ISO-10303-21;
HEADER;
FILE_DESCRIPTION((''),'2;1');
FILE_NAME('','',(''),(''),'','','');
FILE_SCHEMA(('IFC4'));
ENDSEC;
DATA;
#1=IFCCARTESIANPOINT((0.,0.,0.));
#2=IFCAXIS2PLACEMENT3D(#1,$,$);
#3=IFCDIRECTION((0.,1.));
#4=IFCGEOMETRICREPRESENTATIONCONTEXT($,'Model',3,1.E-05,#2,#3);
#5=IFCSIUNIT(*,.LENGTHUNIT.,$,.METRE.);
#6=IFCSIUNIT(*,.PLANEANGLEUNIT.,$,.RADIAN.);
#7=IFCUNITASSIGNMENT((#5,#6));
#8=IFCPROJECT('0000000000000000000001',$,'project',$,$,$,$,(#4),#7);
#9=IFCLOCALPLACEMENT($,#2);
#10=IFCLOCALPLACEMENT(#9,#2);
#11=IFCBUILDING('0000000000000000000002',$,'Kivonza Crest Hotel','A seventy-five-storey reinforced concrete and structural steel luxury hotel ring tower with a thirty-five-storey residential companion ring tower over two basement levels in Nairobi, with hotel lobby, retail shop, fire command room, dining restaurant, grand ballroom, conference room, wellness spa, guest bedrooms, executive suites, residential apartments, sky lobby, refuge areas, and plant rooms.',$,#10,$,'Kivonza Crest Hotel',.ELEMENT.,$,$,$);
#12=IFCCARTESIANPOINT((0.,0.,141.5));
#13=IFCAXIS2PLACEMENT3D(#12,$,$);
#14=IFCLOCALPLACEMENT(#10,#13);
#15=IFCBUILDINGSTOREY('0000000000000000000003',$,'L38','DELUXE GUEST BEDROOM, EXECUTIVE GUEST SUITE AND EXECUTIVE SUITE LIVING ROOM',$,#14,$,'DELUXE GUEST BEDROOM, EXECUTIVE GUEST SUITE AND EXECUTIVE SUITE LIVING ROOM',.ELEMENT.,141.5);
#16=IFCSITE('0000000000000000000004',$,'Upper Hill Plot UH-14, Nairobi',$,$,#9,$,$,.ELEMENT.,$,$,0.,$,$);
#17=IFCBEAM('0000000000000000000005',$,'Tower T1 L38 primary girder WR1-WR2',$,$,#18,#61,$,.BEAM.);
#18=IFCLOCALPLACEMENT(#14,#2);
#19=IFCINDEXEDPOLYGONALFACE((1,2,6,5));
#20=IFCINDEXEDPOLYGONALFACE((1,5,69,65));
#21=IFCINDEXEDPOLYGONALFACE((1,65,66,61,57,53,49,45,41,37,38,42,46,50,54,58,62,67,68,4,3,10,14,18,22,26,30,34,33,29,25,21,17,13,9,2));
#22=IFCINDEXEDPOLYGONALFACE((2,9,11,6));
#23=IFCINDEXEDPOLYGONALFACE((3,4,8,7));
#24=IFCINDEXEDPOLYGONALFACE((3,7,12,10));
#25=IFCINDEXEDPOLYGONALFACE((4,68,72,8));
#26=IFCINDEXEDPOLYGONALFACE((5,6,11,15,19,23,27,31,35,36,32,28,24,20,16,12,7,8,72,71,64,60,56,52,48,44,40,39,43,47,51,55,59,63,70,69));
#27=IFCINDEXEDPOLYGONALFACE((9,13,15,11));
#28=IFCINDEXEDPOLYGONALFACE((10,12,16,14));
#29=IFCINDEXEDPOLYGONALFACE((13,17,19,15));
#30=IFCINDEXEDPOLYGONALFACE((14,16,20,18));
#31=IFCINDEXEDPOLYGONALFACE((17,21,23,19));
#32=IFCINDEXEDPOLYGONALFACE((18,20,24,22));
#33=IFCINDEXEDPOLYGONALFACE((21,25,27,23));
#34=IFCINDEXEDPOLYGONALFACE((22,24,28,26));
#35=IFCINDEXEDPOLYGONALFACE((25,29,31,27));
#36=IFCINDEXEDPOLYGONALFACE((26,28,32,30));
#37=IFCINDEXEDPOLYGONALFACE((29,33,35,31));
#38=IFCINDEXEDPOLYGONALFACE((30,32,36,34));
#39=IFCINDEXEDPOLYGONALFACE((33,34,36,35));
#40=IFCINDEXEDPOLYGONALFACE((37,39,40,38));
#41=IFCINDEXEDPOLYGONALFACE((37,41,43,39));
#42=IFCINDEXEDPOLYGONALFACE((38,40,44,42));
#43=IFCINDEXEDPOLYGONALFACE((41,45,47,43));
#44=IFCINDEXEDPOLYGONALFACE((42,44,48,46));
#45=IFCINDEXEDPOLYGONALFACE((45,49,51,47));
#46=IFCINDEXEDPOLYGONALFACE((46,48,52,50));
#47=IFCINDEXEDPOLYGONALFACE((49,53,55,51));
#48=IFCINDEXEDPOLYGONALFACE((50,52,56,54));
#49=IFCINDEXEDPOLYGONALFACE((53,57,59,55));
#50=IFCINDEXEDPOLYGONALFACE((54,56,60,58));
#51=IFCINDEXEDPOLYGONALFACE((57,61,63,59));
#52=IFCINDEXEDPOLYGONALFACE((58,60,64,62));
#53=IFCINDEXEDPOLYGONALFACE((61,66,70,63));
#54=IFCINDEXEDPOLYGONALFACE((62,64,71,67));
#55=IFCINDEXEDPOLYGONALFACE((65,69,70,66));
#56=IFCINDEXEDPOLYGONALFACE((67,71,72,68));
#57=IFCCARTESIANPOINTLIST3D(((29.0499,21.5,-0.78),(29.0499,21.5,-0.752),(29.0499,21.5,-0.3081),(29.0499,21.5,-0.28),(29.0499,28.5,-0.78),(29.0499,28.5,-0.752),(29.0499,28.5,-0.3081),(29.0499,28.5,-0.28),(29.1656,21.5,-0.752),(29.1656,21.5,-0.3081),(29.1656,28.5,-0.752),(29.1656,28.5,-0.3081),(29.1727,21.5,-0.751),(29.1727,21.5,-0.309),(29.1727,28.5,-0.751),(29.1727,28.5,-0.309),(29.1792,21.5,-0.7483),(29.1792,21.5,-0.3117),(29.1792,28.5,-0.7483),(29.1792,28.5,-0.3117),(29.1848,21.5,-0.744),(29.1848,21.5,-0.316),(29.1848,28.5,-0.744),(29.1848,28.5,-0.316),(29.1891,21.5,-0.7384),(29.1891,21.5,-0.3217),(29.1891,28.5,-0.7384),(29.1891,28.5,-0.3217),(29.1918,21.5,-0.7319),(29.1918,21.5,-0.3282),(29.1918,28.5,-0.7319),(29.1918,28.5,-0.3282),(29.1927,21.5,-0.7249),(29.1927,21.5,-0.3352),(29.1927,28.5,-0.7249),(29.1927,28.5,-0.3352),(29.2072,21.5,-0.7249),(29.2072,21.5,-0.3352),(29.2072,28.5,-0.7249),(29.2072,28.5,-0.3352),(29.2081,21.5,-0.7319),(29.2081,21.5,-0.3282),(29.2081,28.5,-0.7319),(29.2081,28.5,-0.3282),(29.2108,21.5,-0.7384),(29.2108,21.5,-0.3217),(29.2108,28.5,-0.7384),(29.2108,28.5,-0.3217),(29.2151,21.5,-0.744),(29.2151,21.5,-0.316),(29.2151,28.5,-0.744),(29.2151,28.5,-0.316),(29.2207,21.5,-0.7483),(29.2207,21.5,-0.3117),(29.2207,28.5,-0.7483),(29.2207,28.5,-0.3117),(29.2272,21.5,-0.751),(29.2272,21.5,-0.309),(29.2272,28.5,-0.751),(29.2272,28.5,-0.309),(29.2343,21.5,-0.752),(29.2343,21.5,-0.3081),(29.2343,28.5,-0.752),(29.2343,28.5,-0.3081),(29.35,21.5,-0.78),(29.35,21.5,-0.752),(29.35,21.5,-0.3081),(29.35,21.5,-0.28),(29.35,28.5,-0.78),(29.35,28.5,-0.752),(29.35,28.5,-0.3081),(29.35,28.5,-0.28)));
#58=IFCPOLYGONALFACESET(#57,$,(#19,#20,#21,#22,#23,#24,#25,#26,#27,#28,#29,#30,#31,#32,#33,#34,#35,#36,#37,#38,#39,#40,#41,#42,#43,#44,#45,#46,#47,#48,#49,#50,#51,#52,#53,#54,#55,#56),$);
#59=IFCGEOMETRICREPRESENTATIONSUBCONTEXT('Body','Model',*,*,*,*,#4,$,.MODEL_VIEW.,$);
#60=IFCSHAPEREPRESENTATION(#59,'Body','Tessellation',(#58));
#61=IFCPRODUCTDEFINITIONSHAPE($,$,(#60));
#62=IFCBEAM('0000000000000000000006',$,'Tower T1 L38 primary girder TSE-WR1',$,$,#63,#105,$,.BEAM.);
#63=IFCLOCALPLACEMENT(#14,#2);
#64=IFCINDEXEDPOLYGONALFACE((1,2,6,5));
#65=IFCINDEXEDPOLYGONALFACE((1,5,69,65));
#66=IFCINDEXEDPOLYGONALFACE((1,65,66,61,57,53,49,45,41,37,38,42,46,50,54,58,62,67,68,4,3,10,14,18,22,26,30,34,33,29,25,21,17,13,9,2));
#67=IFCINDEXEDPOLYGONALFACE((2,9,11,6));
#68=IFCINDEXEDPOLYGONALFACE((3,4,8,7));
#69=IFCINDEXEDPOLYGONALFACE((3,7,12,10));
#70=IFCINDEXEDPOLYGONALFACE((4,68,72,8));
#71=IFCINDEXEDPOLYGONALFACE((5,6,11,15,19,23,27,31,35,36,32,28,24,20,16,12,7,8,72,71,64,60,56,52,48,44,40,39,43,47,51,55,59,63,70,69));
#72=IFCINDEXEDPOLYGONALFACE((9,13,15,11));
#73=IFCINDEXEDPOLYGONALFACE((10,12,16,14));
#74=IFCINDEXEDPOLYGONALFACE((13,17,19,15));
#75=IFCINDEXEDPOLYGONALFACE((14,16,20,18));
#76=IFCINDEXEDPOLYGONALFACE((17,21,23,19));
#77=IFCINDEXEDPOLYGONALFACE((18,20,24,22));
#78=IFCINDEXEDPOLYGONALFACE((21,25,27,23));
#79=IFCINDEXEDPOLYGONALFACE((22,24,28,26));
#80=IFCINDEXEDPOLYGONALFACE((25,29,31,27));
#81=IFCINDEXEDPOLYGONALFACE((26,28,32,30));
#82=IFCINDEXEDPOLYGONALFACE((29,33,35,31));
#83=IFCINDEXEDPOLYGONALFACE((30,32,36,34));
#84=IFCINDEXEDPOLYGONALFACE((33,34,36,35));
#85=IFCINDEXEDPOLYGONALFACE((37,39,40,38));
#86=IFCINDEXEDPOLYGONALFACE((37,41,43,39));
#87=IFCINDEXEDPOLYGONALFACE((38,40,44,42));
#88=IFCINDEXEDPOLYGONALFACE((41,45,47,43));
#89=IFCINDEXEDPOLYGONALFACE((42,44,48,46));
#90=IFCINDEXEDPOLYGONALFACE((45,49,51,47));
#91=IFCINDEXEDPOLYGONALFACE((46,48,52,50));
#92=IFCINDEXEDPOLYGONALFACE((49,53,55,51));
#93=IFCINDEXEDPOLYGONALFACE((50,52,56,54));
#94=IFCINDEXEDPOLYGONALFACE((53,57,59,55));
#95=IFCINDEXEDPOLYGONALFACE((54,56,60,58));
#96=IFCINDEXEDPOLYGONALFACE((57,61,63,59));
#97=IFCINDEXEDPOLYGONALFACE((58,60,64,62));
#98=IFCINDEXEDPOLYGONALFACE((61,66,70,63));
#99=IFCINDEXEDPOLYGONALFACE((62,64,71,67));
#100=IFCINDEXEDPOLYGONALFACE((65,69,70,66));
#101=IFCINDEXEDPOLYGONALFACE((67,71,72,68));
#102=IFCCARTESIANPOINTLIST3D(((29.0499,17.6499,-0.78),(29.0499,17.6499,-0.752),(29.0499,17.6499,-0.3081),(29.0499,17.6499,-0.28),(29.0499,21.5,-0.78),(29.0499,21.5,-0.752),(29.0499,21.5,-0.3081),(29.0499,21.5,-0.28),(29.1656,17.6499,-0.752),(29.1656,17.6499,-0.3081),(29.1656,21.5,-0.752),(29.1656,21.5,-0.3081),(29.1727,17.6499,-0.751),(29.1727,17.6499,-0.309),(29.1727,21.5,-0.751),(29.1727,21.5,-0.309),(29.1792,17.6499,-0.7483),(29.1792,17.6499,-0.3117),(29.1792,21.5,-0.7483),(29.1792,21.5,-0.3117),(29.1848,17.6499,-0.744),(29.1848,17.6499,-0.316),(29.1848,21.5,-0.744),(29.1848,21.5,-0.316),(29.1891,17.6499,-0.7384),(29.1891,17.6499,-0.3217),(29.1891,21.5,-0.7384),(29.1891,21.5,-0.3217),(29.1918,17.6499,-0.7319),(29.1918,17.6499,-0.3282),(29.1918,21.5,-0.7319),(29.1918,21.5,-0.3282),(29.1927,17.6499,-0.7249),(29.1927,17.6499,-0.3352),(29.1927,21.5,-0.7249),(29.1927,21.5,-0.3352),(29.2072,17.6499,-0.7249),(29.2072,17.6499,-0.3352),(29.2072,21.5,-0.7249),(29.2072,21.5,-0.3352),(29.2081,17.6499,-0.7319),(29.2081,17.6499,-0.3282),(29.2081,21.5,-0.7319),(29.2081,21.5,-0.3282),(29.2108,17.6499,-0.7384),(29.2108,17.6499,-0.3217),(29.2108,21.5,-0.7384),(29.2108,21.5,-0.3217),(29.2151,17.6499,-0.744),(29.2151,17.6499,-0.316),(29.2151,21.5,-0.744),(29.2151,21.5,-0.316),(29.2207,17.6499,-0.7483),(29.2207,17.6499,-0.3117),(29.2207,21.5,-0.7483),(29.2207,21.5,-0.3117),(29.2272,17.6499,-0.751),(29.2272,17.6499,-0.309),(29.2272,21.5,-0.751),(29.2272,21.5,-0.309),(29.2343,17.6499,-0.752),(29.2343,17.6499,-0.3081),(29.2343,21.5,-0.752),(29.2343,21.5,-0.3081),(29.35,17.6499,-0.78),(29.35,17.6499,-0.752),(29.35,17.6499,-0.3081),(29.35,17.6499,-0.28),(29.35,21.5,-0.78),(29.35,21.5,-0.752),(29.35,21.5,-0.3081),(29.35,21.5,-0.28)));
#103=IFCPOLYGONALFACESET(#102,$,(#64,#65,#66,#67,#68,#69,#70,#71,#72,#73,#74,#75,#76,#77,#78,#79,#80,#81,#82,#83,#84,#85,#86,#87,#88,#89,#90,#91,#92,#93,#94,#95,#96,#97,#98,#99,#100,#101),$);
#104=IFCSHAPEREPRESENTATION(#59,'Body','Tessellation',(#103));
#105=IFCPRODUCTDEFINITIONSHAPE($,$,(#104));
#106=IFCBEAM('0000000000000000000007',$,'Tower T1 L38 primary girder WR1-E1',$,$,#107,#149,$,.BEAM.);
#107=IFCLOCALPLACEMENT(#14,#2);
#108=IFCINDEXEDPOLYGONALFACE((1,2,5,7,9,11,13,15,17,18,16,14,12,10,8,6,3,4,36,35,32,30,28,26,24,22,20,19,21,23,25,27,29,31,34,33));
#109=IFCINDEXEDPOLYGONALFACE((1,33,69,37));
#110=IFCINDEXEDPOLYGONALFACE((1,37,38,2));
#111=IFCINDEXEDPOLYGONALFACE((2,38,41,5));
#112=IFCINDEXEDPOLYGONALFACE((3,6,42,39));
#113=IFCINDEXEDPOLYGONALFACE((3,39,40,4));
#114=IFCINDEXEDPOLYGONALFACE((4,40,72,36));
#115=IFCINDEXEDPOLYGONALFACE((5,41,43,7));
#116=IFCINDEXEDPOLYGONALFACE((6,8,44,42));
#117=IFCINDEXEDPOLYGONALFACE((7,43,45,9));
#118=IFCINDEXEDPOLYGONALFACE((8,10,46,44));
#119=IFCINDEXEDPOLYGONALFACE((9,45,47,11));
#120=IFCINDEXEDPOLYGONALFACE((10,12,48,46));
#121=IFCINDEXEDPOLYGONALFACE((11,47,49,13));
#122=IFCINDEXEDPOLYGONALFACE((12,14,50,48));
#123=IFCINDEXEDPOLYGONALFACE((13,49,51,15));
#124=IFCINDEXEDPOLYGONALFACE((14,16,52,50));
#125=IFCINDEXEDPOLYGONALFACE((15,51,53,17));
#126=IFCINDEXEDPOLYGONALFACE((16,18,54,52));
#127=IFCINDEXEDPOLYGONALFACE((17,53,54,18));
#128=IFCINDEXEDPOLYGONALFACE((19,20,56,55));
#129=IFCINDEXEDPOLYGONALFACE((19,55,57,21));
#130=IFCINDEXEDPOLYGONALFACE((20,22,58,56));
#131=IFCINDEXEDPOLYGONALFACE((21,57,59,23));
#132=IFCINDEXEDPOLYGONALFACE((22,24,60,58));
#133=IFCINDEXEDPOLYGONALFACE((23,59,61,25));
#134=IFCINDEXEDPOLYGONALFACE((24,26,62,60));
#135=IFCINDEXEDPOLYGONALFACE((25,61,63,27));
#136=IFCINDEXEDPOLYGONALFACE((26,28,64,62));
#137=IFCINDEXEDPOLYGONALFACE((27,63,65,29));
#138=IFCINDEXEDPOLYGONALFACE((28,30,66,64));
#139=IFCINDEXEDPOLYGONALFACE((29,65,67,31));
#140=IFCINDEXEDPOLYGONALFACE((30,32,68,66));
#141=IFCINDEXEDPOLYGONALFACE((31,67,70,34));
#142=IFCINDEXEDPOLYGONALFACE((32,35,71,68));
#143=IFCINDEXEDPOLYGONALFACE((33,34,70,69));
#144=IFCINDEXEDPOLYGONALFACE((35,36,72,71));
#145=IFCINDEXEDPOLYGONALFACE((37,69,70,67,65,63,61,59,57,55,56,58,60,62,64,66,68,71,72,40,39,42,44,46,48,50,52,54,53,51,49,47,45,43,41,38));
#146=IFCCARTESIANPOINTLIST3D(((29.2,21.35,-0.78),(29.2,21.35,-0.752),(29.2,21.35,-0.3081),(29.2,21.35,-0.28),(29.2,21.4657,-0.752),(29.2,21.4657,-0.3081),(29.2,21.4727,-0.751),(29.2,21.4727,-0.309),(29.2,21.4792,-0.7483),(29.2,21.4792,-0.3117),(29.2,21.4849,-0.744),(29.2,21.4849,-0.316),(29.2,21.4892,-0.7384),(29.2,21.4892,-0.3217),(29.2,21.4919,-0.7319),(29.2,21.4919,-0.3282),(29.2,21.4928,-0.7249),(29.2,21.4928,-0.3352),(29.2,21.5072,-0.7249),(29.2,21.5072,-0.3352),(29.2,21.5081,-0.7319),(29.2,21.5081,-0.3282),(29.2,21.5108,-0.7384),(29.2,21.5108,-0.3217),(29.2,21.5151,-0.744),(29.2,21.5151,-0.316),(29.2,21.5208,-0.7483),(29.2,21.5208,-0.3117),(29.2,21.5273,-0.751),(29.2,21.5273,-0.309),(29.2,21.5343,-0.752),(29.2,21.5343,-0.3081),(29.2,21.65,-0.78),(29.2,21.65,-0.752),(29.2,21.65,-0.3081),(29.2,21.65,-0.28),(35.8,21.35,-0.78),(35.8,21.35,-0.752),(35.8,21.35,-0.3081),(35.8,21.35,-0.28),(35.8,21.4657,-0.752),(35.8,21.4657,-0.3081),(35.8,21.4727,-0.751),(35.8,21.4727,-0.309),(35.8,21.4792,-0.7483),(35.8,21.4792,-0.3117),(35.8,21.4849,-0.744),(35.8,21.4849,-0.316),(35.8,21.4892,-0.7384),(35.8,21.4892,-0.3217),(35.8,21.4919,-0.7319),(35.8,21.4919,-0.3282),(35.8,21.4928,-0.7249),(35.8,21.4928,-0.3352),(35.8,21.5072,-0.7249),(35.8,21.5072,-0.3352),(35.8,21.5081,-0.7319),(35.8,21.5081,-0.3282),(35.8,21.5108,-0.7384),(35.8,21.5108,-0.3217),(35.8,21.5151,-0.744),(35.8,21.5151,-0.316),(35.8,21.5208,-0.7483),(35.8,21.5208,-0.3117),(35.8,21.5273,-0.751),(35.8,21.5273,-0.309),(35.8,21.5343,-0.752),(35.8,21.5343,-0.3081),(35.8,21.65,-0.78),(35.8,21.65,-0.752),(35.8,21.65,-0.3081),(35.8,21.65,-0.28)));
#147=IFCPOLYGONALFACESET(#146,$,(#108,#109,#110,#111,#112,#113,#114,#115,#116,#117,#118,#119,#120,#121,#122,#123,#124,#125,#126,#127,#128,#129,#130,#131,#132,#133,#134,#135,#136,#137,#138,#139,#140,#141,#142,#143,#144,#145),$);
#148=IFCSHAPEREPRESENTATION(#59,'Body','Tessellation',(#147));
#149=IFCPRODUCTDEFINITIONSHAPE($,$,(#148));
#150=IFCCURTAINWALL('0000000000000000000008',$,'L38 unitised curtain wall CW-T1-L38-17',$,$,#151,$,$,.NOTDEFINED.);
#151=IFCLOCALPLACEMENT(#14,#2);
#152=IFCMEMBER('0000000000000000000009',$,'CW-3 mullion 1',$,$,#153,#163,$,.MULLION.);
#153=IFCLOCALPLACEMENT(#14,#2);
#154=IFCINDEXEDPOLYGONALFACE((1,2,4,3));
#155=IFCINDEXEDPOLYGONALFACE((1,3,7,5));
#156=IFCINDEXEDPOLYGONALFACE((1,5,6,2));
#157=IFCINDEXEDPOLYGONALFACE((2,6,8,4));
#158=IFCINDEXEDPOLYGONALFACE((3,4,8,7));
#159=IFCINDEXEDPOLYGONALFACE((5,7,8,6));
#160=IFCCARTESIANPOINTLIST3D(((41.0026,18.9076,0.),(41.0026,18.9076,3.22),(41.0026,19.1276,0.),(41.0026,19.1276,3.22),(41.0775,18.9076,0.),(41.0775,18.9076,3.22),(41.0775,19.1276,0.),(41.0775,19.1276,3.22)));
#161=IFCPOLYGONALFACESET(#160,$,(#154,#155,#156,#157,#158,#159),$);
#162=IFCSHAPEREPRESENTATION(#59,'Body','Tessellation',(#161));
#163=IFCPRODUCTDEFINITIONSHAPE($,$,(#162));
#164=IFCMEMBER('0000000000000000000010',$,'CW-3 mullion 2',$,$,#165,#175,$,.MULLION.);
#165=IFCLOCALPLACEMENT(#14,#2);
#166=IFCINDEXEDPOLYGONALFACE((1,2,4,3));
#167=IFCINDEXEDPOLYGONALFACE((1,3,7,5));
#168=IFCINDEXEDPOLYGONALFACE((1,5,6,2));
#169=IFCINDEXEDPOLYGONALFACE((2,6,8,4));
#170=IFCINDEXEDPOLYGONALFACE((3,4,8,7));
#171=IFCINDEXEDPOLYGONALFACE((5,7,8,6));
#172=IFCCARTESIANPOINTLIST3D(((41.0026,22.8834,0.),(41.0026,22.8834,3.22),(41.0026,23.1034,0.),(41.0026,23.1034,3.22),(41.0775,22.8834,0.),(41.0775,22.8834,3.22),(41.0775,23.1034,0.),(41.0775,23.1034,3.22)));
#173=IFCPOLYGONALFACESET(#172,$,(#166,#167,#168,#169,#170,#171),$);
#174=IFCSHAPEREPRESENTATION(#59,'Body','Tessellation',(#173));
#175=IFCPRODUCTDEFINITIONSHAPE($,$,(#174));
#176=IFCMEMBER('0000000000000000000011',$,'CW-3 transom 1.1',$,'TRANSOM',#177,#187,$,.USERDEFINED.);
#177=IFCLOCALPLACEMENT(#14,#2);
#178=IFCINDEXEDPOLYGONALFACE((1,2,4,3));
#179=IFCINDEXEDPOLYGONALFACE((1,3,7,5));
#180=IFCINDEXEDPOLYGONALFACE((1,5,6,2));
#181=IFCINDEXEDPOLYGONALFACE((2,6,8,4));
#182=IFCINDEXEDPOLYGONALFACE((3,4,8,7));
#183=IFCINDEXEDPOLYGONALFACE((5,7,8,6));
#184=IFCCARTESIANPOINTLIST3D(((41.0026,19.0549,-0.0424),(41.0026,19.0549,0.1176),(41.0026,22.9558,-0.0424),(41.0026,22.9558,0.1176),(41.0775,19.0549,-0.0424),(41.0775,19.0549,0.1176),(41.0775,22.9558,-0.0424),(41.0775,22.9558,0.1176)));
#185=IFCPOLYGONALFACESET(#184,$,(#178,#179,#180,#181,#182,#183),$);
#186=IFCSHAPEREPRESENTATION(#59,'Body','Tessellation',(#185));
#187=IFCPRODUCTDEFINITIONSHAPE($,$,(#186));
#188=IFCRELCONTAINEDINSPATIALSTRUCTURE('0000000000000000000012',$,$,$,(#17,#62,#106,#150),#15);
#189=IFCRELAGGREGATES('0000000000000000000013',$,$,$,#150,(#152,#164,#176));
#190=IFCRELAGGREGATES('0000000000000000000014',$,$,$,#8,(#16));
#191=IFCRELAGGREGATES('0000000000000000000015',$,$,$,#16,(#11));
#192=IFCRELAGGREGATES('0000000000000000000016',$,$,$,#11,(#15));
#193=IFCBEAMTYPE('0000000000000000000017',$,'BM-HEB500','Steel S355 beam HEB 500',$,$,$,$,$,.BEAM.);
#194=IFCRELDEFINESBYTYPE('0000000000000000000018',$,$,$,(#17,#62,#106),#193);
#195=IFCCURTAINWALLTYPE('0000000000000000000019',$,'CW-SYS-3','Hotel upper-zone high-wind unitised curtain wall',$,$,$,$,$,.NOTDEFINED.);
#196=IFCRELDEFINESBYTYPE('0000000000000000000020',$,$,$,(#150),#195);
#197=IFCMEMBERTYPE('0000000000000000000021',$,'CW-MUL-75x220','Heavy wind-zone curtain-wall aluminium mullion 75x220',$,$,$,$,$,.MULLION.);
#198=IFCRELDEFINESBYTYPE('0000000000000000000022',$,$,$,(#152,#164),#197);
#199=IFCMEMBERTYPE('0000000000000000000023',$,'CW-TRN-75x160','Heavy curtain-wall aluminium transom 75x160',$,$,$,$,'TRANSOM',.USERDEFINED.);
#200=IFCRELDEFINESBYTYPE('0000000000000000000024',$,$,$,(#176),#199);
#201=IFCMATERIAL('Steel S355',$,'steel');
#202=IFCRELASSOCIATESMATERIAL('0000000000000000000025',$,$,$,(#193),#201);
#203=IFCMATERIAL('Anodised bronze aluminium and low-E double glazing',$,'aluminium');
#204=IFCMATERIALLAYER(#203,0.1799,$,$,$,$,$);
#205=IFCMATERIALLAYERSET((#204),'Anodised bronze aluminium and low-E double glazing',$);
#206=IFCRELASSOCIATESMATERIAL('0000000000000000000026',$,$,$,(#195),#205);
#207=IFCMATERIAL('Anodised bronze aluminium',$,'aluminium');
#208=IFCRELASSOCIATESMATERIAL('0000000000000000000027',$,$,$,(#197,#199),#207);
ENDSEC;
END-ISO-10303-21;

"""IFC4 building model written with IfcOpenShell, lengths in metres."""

from ifc_helpers import new_model, si_unit, direction, frame, origin, origin_2d, place, context, subcontext, project, spatial, rectangle, i_section, extrude, material, layer, layer_set, material_profile, profile_set, type_object, element, aggregate, save


model = new_model("IFC4")

# Units and contexts
model_context = context("Model", 3, precision=1e-05, world=origin(), true_north=direction((0.0, 1.0)))
body_context = subcontext(model_context, "Body", "Model", "MODEL_VIEW")
ifc_project = project(units=[si_unit("LENGTHUNIT", "METRE"), si_unit("PLANEANGLEUNIT", "RADIAN")], contexts=[model_context])

# Site, building, storey
site_placement = place(None, origin())
site = spatial("IfcSite", under=ifc_project, at=site_placement, Name="Upper Hill Plot UH-14, Nairobi", CompositionType="ELEMENT", RefElevation=0.0)
building_placement = place(site_placement, origin())
building = spatial("IfcBuilding", under=site, at=building_placement, Name="Kivonza Crest Hotel", Description="A seventy-five-storey reinforced concrete and structural steel luxury hotel ring tower with a thirty-five-storey residential companion ring tower over two basement levels in Nairobi, with hotel lobby, retail shop, fire command room, dining restaurant, grand ballroom, conference room, wellness spa, guest bedrooms, executive suites, residential apartments, sky lobby, refuge areas, and plant rooms.", LongName="Kivonza Crest Hotel", CompositionType="ELEMENT")
storey_placement = place(building_placement, frame((0.0, 0.0, 141.5)))
storey = spatial("IfcBuildingStorey", under=building, at=storey_placement, Name="L38", Description="DELUXE GUEST BEDROOM, EXECUTIVE GUEST SUITE AND EXECUTIVE SUITE LIVING ROOM", LongName="DELUXE GUEST BEDROOM, EXECUTIVE GUEST SUITE AND EXECUTIVE SUITE LIVING ROOM", CompositionType="ELEMENT", Elevation=141.5)

# Beams
ifc_material_1 = material(Name="Steel S355", Category="steel")
ifc_material_profile_1 = material_profile(ifc_material_1, i_section(OverallWidth=0.3, OverallDepth=0.5, WebThickness=0.0144, FlangeThickness=0.0281, FilletRadius=0.0271, at=origin_2d()), Name="HEB 500")
ifc_profile_set_1 = profile_set([ifc_material_profile_1], Name="Steel S355")
beam_type_1 = type_object("IfcBeamType", Name="BM-HEB500", Description="Steel S355 beam HEB 500", PredefinedType="BEAM", material=ifc_profile_set_1)
beam_1_placement = place(storey_placement, frame((29.2, 21.5, -0.53), z_axis=(0.0, 1.0, 0.0), x_axis=(-1.0, 0.0, 0.0)))
element("IfcBeam", 1, at=beam_1_placement, inside=storey, type_object=beam_type_1, Name="Tower T1 L38 primary girder WR1-WR2", PredefinedType="BEAM", context=body_context, shape_type="SweptSolid", body=[
    extrude(i_section(OverallWidth=0.3, OverallDepth=0.5, WebThickness=0.0144, FlangeThickness=0.0281, FilletRadius=0.0271, at=origin_2d()), origin(), (0.0, 0.0, 1.0), 7.0),
])
beam_2_placement = place(storey_placement, frame((29.2, 17.6499, -0.53), z_axis=(0.0, 1.0, 0.0), x_axis=(-1.0, 0.0, 0.0)))
element("IfcBeam", 2, at=beam_2_placement, inside=storey, type_object=beam_type_1, Name="Tower T1 L38 primary girder TSE-WR1", PredefinedType="BEAM", context=body_context, shape_type="SweptSolid", body=[
    extrude(i_section(OverallWidth=0.3, OverallDepth=0.5, WebThickness=0.0144, FlangeThickness=0.0281, FilletRadius=0.0271, at=origin_2d()), origin(), (0.0, 0.0, 1.0), 3.8501),
])
beam_3_placement = place(storey_placement, frame((29.2, 21.5, -0.53), z_axis=(1.0, 0.0, 0.0), x_axis=(0.0, 1.0, 0.0)))
element("IfcBeam", 3, at=beam_3_placement, inside=storey, type_object=beam_type_1, Name="Tower T1 L38 primary girder WR1-E1", PredefinedType="BEAM", context=body_context, shape_type="SweptSolid", body=[
    extrude(i_section(OverallWidth=0.3, OverallDepth=0.5, WebThickness=0.0144, FlangeThickness=0.0281, FilletRadius=0.0271, at=origin_2d()), origin(), (0.0, 0.0, 1.0), 6.6001),
])

# Curtain wall, members
ifc_material_2 = material(Name="Anodised bronze aluminium and low-E double glazing", Category="aluminium")
ifc_layer_1 = layer(ifc_material_2, 0.1799)
ifc_layer_set_1 = layer_set([ifc_layer_1], Name="Anodised bronze aluminium and low-E double glazing")
curtain_wall_type = type_object("IfcCurtainWallType", Name="CW-SYS-3", Description="Hotel upper-zone high-wind unitised curtain wall", PredefinedType="NOTDEFINED", material=ifc_layer_set_1)
curtain_wall_placement = place(storey_placement, origin())
curtain_wall = element("IfcCurtainWall", 4, at=curtain_wall_placement, inside=storey, type_object=curtain_wall_type, Name="L38 unitised curtain wall CW-T1-L38-17", PredefinedType="NOTDEFINED")
ifc_material_3 = material(Name="Anodised bronze aluminium", Category="aluminium")
ifc_material_profile_2 = material_profile(ifc_material_3, rectangle(XDim=0.075, YDim=0.22, at=origin_2d()), Name="CW-M 75x220")
ifc_profile_set_2 = profile_set([ifc_material_profile_2], Name="Anodised bronze aluminium")
member_type_1 = type_object("IfcMemberType", Name="CW-MUL-75x220", Description="Heavy wind-zone curtain-wall aluminium mullion 75x220", PredefinedType="MULLION", material=ifc_profile_set_2)
member_1_placement = place(storey_placement, frame((41.04, 19.0176, 0.0), z_axis=(0.0, 0.0, 1.0), x_axis=(-1.0, 0.0, 0.0)))
member_1 = element("IfcMember", 5, at=member_1_placement, type_object=member_type_1, Name="CW-3 mullion 1", PredefinedType="MULLION", context=body_context, shape_type="SweptSolid", body=[
    extrude(rectangle(XDim=0.075, YDim=0.22, at=origin_2d()), origin(), (0.0, 0.0, 1.0), 3.22),
])
member_2_placement = place(storey_placement, frame((41.04, 22.9934, 0.0), z_axis=(0.0, 0.0, 1.0), x_axis=(-1.0, 0.0, 0.0)))
member_2 = element("IfcMember", 6, at=member_2_placement, type_object=member_type_1, Name="CW-3 mullion 2", PredefinedType="MULLION", context=body_context, shape_type="SweptSolid", body=[
    extrude(rectangle(XDim=0.075, YDim=0.22, at=origin_2d()), origin(), (0.0, 0.0, 1.0), 3.22),
])
ifc_material_profile_3 = material_profile(ifc_material_3, rectangle(XDim=0.075, YDim=0.1599, at=origin_2d()), Name="CW-T 75x160")
ifc_profile_set_3 = profile_set([ifc_material_profile_3], Name="Anodised bronze aluminium")
member_type_2 = type_object("IfcMemberType", Name="CW-TRN-75x160", Description="Heavy curtain-wall aluminium transom 75x160", ElementType="TRANSOM", PredefinedType="USERDEFINED", material=ifc_profile_set_3)
member_3_placement = place(storey_placement, frame((41.04, 19.0549, 0.0376), z_axis=(0.0, 1.0, 0.0), x_axis=(-1.0, 0.0, 0.0)))
member_3 = element("IfcMember", 7, at=member_3_placement, type_object=member_type_2, Name="CW-3 transom 1.1", ObjectType="TRANSOM", PredefinedType="USERDEFINED", context=body_context, shape_type="SweptSolid", body=[
    extrude(rectangle(XDim=0.075, YDim=0.1599, at=origin_2d()), origin(), (0.0, 0.0, 1.0), 3.9009),
])
aggregate(curtain_wall, [member_1, member_2, member_3])

save(model, "model.ifc")
